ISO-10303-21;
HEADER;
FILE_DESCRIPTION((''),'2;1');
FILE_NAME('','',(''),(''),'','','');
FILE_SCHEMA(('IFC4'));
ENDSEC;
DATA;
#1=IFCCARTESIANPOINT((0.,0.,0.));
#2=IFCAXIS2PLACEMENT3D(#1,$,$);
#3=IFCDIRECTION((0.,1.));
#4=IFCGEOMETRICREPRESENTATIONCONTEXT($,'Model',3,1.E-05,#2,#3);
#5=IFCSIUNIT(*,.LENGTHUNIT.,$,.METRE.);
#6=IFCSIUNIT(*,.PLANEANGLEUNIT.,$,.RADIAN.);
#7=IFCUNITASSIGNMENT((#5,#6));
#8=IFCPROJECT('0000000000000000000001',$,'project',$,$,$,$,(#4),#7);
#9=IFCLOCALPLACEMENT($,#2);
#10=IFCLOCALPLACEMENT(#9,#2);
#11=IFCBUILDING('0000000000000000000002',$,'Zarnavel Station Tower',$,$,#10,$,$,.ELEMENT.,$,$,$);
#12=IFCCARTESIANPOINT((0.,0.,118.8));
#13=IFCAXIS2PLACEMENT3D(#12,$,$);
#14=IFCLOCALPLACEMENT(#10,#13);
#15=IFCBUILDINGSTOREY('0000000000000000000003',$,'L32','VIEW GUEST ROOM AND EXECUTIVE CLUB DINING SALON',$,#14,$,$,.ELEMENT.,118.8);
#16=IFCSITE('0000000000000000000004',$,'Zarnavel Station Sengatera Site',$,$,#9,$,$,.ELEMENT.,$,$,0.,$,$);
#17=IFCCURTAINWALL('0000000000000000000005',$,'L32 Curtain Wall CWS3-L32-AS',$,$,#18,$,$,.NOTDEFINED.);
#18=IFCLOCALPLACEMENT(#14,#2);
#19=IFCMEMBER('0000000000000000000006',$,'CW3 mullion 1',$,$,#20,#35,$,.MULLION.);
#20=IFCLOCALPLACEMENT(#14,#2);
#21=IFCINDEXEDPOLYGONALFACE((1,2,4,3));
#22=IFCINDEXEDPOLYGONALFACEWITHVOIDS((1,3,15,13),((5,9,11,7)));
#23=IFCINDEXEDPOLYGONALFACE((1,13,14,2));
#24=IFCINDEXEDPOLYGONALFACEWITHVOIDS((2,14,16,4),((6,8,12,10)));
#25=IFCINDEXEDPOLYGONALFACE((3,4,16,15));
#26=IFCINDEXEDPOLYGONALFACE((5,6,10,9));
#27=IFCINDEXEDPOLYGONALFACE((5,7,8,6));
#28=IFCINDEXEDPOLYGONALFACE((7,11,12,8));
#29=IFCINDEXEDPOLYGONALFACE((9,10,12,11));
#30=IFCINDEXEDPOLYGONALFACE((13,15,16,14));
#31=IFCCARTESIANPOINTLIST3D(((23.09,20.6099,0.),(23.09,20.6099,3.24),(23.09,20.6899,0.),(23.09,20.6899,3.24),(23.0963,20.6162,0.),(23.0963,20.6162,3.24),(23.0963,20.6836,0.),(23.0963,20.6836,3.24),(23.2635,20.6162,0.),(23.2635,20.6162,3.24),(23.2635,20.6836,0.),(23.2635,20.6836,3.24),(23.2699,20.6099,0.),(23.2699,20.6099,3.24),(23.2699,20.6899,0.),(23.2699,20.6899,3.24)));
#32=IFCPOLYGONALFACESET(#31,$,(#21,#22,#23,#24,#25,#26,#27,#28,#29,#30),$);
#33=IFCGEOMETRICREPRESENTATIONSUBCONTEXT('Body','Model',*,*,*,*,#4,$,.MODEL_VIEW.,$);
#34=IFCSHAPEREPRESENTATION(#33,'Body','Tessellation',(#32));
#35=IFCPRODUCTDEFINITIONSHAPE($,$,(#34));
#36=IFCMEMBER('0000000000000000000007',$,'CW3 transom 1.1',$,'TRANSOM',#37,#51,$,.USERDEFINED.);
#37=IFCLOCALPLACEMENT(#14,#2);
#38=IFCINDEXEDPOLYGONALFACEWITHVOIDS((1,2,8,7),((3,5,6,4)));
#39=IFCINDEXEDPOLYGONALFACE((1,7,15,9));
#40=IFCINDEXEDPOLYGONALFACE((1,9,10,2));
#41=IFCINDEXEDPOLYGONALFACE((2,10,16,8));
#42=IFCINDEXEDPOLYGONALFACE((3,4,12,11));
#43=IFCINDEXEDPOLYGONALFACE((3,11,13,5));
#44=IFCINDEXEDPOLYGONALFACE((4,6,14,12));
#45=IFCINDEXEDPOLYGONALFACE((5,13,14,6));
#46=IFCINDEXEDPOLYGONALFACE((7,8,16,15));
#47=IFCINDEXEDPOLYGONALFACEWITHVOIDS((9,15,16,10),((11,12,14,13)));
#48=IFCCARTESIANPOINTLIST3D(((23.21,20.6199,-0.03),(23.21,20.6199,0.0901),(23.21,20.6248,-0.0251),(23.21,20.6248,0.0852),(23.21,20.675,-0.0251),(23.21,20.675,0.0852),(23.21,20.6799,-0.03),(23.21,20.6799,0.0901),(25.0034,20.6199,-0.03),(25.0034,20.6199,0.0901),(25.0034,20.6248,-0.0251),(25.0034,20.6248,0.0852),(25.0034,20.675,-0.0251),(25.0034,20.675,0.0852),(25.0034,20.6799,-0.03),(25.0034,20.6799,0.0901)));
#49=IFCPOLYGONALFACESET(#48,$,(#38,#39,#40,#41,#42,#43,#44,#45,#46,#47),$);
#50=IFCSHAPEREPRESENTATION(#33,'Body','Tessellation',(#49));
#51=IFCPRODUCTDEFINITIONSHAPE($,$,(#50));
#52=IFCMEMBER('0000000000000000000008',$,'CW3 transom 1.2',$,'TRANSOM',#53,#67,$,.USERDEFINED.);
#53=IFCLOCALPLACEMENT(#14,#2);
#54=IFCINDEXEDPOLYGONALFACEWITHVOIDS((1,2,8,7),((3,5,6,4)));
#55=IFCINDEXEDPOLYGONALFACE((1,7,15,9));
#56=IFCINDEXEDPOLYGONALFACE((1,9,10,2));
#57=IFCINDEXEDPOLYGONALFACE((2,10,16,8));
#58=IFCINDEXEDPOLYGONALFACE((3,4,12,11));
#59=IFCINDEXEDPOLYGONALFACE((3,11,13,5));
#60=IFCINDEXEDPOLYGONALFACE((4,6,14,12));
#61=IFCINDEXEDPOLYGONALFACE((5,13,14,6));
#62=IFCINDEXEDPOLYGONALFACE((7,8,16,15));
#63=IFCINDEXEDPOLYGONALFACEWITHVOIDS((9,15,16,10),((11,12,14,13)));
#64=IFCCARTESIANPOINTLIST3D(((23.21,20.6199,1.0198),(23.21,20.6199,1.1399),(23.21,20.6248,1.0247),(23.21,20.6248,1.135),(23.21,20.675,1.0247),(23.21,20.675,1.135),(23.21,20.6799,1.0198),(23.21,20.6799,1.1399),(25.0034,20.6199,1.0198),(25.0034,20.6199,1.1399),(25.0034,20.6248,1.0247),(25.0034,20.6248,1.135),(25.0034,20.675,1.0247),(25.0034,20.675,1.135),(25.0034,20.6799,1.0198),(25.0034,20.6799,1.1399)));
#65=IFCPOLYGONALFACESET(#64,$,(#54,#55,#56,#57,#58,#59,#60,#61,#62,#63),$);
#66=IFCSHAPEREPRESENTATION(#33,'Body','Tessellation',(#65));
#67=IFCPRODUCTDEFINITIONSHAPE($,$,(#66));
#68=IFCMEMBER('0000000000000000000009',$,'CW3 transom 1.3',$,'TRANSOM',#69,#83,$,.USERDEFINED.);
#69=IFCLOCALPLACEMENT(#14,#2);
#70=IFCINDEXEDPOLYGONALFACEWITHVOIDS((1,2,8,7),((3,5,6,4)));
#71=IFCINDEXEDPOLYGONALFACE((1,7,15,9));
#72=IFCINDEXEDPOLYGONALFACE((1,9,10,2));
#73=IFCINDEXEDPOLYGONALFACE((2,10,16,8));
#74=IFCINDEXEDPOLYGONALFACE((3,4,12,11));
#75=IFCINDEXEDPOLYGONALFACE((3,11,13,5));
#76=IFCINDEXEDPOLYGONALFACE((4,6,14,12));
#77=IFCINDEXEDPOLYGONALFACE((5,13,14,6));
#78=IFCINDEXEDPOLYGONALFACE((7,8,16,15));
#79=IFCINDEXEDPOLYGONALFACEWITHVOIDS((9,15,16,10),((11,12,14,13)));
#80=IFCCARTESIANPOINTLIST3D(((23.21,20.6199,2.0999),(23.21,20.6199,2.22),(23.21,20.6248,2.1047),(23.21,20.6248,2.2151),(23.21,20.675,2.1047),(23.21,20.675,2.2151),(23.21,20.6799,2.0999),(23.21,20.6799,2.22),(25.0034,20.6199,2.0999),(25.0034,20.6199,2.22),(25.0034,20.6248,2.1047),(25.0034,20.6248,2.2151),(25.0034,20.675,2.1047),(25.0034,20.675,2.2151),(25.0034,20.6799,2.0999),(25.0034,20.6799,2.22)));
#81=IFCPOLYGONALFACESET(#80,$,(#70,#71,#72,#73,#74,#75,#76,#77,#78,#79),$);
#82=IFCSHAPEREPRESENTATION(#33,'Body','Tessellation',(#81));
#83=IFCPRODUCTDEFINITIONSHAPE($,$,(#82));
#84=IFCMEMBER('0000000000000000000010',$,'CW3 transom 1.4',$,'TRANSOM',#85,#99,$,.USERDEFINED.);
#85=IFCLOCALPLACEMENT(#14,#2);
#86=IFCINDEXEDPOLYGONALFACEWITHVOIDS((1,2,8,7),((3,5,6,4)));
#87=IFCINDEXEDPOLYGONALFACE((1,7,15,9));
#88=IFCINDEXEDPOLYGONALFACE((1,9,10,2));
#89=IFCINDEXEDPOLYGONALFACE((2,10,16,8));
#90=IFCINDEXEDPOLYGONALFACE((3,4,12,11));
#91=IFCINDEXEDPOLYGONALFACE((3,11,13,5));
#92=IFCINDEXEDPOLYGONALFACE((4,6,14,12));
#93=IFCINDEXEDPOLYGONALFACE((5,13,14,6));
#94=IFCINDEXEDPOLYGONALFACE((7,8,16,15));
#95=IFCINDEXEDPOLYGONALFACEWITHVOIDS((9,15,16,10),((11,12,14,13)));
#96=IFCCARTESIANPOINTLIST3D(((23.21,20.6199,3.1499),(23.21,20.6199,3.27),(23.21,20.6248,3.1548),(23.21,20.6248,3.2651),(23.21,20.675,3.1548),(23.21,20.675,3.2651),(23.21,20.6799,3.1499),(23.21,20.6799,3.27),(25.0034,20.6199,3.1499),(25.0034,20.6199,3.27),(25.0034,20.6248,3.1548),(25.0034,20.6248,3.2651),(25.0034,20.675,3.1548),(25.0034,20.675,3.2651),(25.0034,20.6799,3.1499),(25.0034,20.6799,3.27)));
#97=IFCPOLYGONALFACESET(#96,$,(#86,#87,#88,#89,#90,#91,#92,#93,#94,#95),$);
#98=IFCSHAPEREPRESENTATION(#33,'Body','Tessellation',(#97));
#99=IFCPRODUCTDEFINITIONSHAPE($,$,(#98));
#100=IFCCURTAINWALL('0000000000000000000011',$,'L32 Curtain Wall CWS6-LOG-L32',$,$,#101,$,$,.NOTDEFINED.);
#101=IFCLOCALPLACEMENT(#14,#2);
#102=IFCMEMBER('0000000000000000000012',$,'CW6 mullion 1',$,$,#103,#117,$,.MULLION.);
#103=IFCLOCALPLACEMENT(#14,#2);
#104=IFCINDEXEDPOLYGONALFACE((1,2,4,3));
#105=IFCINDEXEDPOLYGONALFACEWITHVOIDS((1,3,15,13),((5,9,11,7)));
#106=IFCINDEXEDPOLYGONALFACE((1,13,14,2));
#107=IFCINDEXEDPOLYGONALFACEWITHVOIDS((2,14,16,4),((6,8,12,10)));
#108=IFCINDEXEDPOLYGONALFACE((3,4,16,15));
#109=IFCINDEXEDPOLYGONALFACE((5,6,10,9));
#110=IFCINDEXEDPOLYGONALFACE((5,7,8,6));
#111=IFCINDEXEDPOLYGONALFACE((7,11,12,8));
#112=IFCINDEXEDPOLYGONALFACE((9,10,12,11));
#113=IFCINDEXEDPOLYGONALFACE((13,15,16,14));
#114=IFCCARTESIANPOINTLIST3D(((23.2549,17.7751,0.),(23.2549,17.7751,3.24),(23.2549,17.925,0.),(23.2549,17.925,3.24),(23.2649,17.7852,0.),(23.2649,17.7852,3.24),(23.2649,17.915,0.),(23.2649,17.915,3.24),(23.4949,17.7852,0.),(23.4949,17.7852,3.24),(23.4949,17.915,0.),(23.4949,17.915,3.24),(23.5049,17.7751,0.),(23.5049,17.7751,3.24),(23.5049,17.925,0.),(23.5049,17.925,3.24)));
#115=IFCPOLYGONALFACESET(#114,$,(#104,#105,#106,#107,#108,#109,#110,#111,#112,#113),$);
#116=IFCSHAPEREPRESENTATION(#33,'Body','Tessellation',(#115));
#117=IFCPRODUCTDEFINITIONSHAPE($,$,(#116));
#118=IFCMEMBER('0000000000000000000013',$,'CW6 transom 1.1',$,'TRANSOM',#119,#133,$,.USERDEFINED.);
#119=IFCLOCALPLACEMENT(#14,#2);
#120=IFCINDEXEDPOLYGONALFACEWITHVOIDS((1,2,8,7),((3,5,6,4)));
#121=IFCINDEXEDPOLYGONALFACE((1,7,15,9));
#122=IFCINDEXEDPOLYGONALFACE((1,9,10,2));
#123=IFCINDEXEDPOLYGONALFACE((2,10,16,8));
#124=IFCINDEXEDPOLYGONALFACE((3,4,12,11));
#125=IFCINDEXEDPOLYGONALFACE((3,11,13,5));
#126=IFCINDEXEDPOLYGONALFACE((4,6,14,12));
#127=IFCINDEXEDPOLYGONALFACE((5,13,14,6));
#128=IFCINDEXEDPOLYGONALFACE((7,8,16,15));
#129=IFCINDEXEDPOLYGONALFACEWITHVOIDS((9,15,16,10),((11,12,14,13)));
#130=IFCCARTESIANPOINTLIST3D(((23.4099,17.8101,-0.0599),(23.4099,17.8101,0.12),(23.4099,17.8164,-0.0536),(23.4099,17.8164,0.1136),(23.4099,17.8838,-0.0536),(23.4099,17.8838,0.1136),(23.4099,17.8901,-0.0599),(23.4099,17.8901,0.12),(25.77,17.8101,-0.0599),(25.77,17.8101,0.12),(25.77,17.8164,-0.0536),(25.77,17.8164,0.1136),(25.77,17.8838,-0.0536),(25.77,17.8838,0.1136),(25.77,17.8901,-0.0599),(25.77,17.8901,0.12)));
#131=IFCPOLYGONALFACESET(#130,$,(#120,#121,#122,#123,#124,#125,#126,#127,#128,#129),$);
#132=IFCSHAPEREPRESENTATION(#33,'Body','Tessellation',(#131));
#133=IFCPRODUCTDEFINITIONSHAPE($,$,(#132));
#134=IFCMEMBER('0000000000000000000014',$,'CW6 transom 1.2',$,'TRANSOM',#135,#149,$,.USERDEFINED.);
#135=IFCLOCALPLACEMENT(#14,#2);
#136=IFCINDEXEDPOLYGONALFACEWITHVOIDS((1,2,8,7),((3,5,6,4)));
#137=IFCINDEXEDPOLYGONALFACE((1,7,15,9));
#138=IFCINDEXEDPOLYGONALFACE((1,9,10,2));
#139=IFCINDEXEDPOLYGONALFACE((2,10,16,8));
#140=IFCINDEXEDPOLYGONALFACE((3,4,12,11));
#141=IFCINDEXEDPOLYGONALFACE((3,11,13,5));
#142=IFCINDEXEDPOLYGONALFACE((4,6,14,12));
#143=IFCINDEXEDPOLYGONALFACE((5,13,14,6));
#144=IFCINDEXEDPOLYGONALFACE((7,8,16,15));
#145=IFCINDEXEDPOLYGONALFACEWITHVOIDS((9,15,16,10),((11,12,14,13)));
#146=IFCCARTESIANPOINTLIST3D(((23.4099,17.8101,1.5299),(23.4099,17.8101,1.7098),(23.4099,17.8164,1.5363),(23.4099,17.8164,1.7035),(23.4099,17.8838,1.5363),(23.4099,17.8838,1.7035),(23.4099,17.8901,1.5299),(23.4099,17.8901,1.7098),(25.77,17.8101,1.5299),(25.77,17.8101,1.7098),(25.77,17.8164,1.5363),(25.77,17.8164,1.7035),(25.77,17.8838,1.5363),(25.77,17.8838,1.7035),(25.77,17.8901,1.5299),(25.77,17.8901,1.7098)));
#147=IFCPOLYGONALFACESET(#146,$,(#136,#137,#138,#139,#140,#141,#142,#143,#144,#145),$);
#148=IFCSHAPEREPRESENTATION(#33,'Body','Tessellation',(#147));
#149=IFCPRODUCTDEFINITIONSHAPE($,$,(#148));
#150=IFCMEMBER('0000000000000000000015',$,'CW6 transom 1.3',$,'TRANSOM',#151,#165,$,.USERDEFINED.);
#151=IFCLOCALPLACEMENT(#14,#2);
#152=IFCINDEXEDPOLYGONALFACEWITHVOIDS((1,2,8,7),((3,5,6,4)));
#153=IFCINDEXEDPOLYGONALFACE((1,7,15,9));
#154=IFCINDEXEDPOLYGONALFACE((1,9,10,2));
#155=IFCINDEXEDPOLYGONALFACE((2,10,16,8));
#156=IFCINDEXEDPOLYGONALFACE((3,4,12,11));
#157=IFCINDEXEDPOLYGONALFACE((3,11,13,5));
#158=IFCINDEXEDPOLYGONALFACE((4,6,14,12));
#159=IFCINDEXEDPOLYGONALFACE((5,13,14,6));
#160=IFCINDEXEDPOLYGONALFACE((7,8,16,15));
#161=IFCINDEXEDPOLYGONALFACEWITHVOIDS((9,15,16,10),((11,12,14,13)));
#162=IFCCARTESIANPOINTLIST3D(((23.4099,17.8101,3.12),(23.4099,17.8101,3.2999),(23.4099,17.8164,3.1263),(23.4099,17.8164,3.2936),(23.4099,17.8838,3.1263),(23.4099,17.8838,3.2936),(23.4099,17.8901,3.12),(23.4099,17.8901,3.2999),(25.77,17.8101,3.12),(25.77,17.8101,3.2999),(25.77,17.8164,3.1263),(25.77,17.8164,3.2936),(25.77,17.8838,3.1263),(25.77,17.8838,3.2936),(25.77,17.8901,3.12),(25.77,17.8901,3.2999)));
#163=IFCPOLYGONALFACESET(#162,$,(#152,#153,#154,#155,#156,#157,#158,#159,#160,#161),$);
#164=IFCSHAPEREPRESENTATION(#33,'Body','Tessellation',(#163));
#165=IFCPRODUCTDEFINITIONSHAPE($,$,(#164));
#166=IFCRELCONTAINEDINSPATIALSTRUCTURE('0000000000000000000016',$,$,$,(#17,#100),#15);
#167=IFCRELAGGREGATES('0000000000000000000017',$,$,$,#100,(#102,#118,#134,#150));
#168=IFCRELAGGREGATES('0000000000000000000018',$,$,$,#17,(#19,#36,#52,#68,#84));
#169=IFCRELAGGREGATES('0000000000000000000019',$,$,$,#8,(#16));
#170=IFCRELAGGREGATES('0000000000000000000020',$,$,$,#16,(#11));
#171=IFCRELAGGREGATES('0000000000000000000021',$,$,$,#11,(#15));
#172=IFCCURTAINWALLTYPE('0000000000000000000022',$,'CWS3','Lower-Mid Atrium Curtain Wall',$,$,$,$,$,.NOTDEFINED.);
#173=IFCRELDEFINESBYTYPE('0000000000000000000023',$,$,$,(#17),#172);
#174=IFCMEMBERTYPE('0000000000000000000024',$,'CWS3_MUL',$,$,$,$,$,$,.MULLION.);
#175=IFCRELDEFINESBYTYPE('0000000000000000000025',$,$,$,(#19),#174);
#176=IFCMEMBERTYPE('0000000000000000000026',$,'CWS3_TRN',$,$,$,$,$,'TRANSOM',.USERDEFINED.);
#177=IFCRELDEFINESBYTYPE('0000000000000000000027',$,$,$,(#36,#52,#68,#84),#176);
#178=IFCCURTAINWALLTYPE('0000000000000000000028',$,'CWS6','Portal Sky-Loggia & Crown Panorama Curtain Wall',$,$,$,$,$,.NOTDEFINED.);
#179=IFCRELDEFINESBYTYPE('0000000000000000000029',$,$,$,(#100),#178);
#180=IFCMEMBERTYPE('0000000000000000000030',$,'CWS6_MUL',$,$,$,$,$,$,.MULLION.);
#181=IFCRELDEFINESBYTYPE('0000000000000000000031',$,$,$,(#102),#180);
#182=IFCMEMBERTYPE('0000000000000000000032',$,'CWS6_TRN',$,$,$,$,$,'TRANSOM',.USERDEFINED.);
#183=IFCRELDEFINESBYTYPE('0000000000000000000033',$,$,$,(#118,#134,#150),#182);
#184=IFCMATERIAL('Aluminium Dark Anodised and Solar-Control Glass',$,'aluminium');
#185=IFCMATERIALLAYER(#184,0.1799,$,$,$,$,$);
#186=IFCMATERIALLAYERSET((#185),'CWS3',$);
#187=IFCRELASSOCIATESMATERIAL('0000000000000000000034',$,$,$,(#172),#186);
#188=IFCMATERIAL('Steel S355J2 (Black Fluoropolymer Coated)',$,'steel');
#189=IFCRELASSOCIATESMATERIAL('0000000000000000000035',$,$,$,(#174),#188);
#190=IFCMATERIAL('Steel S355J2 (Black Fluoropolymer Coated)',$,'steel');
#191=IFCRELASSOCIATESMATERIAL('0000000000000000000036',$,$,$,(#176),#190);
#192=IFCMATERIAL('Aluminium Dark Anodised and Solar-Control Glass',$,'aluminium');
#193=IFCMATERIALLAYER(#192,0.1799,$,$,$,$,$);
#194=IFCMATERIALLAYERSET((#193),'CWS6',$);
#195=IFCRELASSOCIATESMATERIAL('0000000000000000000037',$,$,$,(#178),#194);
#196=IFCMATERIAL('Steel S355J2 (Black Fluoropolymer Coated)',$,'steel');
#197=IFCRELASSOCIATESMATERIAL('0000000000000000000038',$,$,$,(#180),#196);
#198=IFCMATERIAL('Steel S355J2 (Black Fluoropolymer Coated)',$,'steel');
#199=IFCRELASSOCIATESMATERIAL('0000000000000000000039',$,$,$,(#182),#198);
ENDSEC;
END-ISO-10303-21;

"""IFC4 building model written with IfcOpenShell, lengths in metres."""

from ifc_helpers import new_model, si_unit, direction, frame, origin, origin_2d, place, context, subcontext, project, spatial, hollow_rectangle, extrude, material, layer, layer_set, material_profile, profile_set, type_object, element, aggregate, save


model = new_model("IFC4")

# Units and contexts
model_context = context("Model", 3, precision=1e-05, world=origin(), true_north=direction((0.0, 1.0)))
body_context = subcontext(model_context, "Body", "Model", "MODEL_VIEW")
ifc_project = project(units=[si_unit("LENGTHUNIT", "METRE"), si_unit("PLANEANGLEUNIT", "RADIAN")], contexts=[model_context])

# Site, building, storey
site_placement = place(None, origin())
site = spatial("IfcSite", under=ifc_project, at=site_placement, Name="Zarnavel Station Sengatera Site", CompositionType="ELEMENT", RefElevation=0.0)
building_placement = place(site_placement, origin())
building = spatial("IfcBuilding", under=site, at=building_placement, Name="Zarnavel Station Tower", CompositionType="ELEMENT")
storey_placement = place(building_placement, frame((0.0, 0.0, 118.8)))
storey = spatial("IfcBuildingStorey", under=building, at=storey_placement, Name="L32", Description="VIEW GUEST ROOM AND EXECUTIVE CLUB DINING SALON", CompositionType="ELEMENT", Elevation=118.8)

# Curtain walls, members
ifc_material_1 = material(Name="Aluminium Dark Anodised and Solar-Control Glass", Category="aluminium")
ifc_layer_1 = layer(ifc_material_1, 0.1799)
ifc_layer_set_1 = layer_set([ifc_layer_1], Name="CWS3")
curtain_wall_type_1 = type_object("IfcCurtainWallType", Name="CWS3", Description="Lower-Mid Atrium Curtain Wall", PredefinedType="NOTDEFINED", material=ifc_layer_set_1)
curtain_wall_1_placement = place(storey_placement, origin())
curtain_wall_1 = element("IfcCurtainWall", 1, at=curtain_wall_1_placement, inside=storey, type_object=curtain_wall_type_1, Name="L32 Curtain Wall CWS3-L32-AS", PredefinedType="NOTDEFINED")
ifc_material_2 = material(Name="Steel S355J2 (Black Fluoropolymer Coated)", Category="steel")
ifc_material_profile_1 = material_profile(ifc_material_2, hollow_rectangle(XDim=0.0801, YDim=0.1799, WallThickness=0.0063, at=origin_2d()), Name="RHS180x80x6.3")
ifc_profile_set_1 = profile_set([ifc_material_profile_1], Name="Steel S355J2 (Black Fluoropolymer Coated)")
member_type_1 = type_object("IfcMemberType", Name="CWS3_MUL", PredefinedType="MULLION", material=ifc_profile_set_1)
member_1_placement = place(storey_placement, frame((23.1799, 20.6499, 0.0), z_axis=(0.0, 0.0, 1.0), x_axis=(0.0, 1.0, 0.0)))
member_1 = element("IfcMember", 2, at=member_1_placement, type_object=member_type_1, Name="CW3 mullion 1", PredefinedType="MULLION", context=body_context, shape_type="SweptSolid", body=[
    extrude(hollow_rectangle(XDim=0.0801, YDim=0.1799, WallThickness=0.0063, at=origin_2d()), origin(), (0.0, 0.0, 1.0), 3.24),
])
ifc_material_3 = material(Name="Steel S355J2 (Black Fluoropolymer Coated)", Category="steel")
ifc_material_profile_2 = material_profile(ifc_material_3, hollow_rectangle(XDim=0.0601, YDim=0.1201, WallThickness=0.0049, at=origin_2d()), Name="RHS120x60x5")
ifc_profile_set_2 = profile_set([ifc_material_profile_2], Name="Steel S355J2 (Black Fluoropolymer Coated)")
member_type_2 = type_object("IfcMemberType", Name="CWS3_TRN", ElementType="TRANSOM", PredefinedType="USERDEFINED", material=ifc_profile_set_2)
member_2_placement = place(storey_placement, frame((23.21, 20.6499, 0.03), z_axis=(1.0, 0.0, 0.0), x_axis=(0.0, 1.0, 0.0)))
member_2 = element("IfcMember", 3, at=member_2_placement, type_object=member_type_2, Name="CW3 transom 1.1", ObjectType="TRANSOM", PredefinedType="USERDEFINED", context=body_context, shape_type="SweptSolid", body=[
    extrude(hollow_rectangle(XDim=0.0601, YDim=0.1201, WallThickness=0.0049, at=origin_2d()), origin(), (0.0, 0.0, 1.0), 1.7935),
])
member_3_placement = place(storey_placement, frame((23.21, 20.6499, 1.0798), z_axis=(1.0, 0.0, 0.0), x_axis=(0.0, 1.0, 0.0)))
member_3 = element("IfcMember", 4, at=member_3_placement, type_object=member_type_2, Name="CW3 transom 1.2", ObjectType="TRANSOM", PredefinedType="USERDEFINED", context=body_context, shape_type="SweptSolid", body=[
    extrude(hollow_rectangle(XDim=0.0601, YDim=0.1201, WallThickness=0.0049, at=origin_2d()), origin(), (0.0, 0.0, 1.0), 1.7935),
])
member_4_placement = place(storey_placement, frame((23.21, 20.6499, 2.1599), z_axis=(1.0, 0.0, 0.0), x_axis=(0.0, 1.0, 0.0)))
member_4 = element("IfcMember", 5, at=member_4_placement, type_object=member_type_2, Name="CW3 transom 1.3", ObjectType="TRANSOM", PredefinedType="USERDEFINED", context=body_context, shape_type="SweptSolid", body=[
    extrude(hollow_rectangle(XDim=0.0601, YDim=0.1201, WallThickness=0.0049, at=origin_2d()), origin(), (0.0, 0.0, 1.0), 1.7935),
])
member_5_placement = place(storey_placement, frame((23.21, 20.6499, 3.21), z_axis=(1.0, 0.0, 0.0), x_axis=(0.0, 1.0, 0.0)))
member_5 = element("IfcMember", 6, at=member_5_placement, type_object=member_type_2, Name="CW3 transom 1.4", ObjectType="TRANSOM", PredefinedType="USERDEFINED", context=body_context, shape_type="SweptSolid", body=[
    extrude(hollow_rectangle(XDim=0.0601, YDim=0.1201, WallThickness=0.0049, at=origin_2d()), origin(), (0.0, 0.0, 1.0), 1.7935),
])
ifc_material_4 = material(Name="Aluminium Dark Anodised and Solar-Control Glass", Category="aluminium")
ifc_layer_2 = layer(ifc_material_4, 0.1799)
ifc_layer_set_2 = layer_set([ifc_layer_2], Name="CWS6")
curtain_wall_type_2 = type_object("IfcCurtainWallType", Name="CWS6", Description="Portal Sky-Loggia & Crown Panorama Curtain Wall", PredefinedType="NOTDEFINED", material=ifc_layer_set_2)
curtain_wall_2_placement = place(storey_placement, origin())
curtain_wall_2 = element("IfcCurtainWall", 7, at=curtain_wall_2_placement, inside=storey, type_object=curtain_wall_type_2, Name="L32 Curtain Wall CWS6-LOG-L32", PredefinedType="NOTDEFINED")
ifc_material_5 = material(Name="Steel S355J2 (Black Fluoropolymer Coated)", Category="steel")
ifc_material_profile_3 = material_profile(ifc_material_5, hollow_rectangle(XDim=0.1499, YDim=0.25, WallThickness=0.01, at=origin_2d()), Name="RHS250x150x10")
ifc_profile_set_3 = profile_set([ifc_material_profile_3], Name="Steel S355J2 (Black Fluoropolymer Coated)")
member_type_3 = type_object("IfcMemberType", Name="CWS6_MUL", PredefinedType="MULLION", material=ifc_profile_set_3)
member_6_placement = place(storey_placement, frame((23.3799, 17.8501, 0.0), z_axis=(0.0, 0.0, 1.0), x_axis=(0.0, 1.0, 0.0)))
member_6 = element("IfcMember", 8, at=member_6_placement, type_object=member_type_3, Name="CW6 mullion 1", PredefinedType="MULLION", context=body_context, shape_type="SweptSolid", body=[
    extrude(hollow_rectangle(XDim=0.1499, YDim=0.25, WallThickness=0.01, at=origin_2d()), origin(), (0.0, 0.0, 1.0), 3.24),
])
ifc_material_6 = material(Name="Steel S355J2 (Black Fluoropolymer Coated)", Category="steel")
ifc_material_profile_4 = material_profile(ifc_material_6, hollow_rectangle(XDim=0.0801, YDim=0.1799, WallThickness=0.0063, at=origin_2d()), Name="RHS180x80x6.3")
ifc_profile_set_4 = profile_set([ifc_material_profile_4], Name="Steel S355J2 (Black Fluoropolymer Coated)")
member_type_4 = type_object("IfcMemberType", Name="CWS6_TRN", ElementType="TRANSOM", PredefinedType="USERDEFINED", material=ifc_profile_set_4)
member_7_placement = place(storey_placement, frame((23.4099, 17.8501, 0.03), z_axis=(1.0, 0.0, 0.0), x_axis=(0.0, 1.0, 0.0)))
member_7 = element("IfcMember", 9, at=member_7_placement, type_object=member_type_4, Name="CW6 transom 1.1", ObjectType="TRANSOM", PredefinedType="USERDEFINED", context=body_context, shape_type="SweptSolid", body=[
    extrude(hollow_rectangle(XDim=0.0801, YDim=0.1799, WallThickness=0.0063, at=origin_2d()), origin(), (0.0, 0.0, 1.0), 2.3601),
])
member_8_placement = place(storey_placement, frame((23.4099, 17.8501, 1.6199), z_axis=(1.0, 0.0, 0.0), x_axis=(0.0, 1.0, 0.0)))
member_8 = element("IfcMember", 10, at=member_8_placement, type_object=member_type_4, Name="CW6 transom 1.2", ObjectType="TRANSOM", PredefinedType="USERDEFINED", context=body_context, shape_type="SweptSolid", body=[
    extrude(hollow_rectangle(XDim=0.0801, YDim=0.1799, WallThickness=0.0063, at=origin_2d()), origin(), (0.0, 0.0, 1.0), 2.3601),
])
member_9_placement = place(storey_placement, frame((23.4099, 17.8501, 3.21), z_axis=(1.0, 0.0, 0.0), x_axis=(0.0, 1.0, 0.0)))
member_9 = element("IfcMember", 11, at=member_9_placement, type_object=member_type_4, Name="CW6 transom 1.3", ObjectType="TRANSOM", PredefinedType="USERDEFINED", context=body_context, shape_type="SweptSolid", body=[
    extrude(hollow_rectangle(XDim=0.0801, YDim=0.1799, WallThickness=0.0063, at=origin_2d()), origin(), (0.0, 0.0, 1.0), 2.3601),
])
aggregate(curtain_wall_2, [member_6, member_7, member_8, member_9])

aggregate(curtain_wall_1, [member_1, member_2, member_3, member_4, member_5])

save(model, "model.ifc")
